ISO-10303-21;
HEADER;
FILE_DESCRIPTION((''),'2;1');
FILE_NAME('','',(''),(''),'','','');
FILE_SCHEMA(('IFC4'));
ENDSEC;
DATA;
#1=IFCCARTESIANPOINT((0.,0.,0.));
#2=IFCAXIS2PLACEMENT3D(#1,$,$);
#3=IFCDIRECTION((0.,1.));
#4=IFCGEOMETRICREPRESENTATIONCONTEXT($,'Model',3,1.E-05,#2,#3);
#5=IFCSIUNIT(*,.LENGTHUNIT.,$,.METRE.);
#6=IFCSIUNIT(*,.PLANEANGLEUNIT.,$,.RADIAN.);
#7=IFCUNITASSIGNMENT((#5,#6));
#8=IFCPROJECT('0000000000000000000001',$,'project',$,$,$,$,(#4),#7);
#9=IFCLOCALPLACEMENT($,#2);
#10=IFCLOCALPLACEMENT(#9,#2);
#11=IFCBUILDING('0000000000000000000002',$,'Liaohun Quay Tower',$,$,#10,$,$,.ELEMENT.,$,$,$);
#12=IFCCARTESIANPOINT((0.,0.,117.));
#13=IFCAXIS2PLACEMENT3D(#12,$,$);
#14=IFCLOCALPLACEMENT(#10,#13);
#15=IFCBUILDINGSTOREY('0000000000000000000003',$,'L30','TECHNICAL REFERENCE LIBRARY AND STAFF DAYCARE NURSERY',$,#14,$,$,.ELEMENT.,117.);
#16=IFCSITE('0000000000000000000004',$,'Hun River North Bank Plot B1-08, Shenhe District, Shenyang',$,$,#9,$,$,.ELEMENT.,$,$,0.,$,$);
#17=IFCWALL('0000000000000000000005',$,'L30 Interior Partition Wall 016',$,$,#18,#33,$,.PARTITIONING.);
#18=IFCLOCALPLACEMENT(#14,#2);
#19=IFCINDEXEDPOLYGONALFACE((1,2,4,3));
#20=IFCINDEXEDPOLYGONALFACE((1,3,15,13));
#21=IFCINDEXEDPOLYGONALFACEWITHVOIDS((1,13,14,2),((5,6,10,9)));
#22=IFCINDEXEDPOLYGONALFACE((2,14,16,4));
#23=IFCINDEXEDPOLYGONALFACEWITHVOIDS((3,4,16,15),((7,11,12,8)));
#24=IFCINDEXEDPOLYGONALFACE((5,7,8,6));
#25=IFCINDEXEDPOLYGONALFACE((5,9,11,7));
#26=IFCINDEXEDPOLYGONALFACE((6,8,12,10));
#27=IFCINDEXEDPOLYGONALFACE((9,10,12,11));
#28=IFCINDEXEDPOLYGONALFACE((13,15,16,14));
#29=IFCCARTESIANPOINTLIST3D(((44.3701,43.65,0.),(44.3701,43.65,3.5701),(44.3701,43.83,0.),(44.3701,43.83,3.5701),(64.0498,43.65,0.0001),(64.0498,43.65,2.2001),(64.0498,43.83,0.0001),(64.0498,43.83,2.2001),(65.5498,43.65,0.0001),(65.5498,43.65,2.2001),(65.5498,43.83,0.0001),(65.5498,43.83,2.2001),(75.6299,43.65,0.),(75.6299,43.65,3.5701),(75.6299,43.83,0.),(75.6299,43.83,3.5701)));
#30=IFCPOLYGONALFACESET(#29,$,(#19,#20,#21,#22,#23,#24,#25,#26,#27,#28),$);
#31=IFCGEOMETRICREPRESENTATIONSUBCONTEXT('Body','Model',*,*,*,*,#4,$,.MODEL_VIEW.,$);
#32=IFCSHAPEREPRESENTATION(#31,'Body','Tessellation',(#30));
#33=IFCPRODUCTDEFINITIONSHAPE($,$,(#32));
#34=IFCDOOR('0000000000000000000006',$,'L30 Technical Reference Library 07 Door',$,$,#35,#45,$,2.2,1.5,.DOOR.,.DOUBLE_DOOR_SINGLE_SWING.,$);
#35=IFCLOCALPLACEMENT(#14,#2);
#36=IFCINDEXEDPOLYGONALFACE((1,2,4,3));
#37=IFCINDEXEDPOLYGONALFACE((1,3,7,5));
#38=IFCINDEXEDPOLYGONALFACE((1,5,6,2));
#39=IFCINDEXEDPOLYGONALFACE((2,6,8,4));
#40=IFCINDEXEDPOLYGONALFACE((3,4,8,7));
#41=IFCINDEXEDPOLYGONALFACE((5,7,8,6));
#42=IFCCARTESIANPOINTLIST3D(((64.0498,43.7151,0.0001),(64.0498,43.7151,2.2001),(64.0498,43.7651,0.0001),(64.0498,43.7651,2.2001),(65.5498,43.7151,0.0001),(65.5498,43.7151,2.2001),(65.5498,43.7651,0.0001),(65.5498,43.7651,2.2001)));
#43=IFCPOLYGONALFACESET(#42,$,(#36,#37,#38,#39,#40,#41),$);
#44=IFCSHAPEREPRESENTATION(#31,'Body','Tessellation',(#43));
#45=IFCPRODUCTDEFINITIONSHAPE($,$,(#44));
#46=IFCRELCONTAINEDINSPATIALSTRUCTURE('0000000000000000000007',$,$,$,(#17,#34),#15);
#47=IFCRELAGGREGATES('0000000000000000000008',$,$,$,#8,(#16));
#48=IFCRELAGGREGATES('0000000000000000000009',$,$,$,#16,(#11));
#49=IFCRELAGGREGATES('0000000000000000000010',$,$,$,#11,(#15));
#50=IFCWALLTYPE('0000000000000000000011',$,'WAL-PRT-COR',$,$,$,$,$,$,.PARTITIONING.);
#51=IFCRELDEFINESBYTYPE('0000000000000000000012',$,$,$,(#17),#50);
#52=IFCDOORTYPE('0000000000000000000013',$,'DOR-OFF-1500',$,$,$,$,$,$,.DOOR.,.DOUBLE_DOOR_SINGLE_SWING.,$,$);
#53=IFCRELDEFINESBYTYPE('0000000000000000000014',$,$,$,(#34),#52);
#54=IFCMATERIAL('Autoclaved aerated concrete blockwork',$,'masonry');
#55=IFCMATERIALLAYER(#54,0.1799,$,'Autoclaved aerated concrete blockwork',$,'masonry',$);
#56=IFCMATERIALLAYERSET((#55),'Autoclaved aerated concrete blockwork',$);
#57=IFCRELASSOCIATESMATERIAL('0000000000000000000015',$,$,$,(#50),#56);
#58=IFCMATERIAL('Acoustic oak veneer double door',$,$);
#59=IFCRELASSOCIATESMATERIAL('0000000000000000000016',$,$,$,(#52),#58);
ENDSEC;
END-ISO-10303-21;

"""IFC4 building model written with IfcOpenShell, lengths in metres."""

from ifc_helpers import new_model, si_unit, direction, frame, frame_2d, origin, place, context, subcontext, project, spatial, rectangle, extrude, source, transform, mapped, material, layer, layer_set, type_object, element, fill, save


model = new_model("IFC4")

# Units and contexts
model_context = context("Model", 3, precision=1e-05, world=origin(), true_north=direction((0.0, 1.0)))
body_context = subcontext(model_context, "Body", "Model", "MODEL_VIEW")
ifc_project = project(units=[si_unit("LENGTHUNIT", "METRE"), si_unit("PLANEANGLEUNIT", "RADIAN")], contexts=[model_context])

# Site, building, storey
site_placement = place(None, origin())
site = spatial("IfcSite", under=ifc_project, at=site_placement, Name="Hun River North Bank Plot B1-08, Shenhe District, Shenyang", CompositionType="ELEMENT", RefElevation=0.0)
building_placement = place(site_placement, origin())
building = spatial("IfcBuilding", under=site, at=building_placement, Name="Liaohun Quay Tower", CompositionType="ELEMENT")
storey_placement = place(building_placement, frame((0.0, 0.0, 117.0)))
storey = spatial("IfcBuildingStorey", under=building, at=storey_placement, Name="L30", Description="TECHNICAL REFERENCE LIBRARY AND STAFF DAYCARE NURSERY", CompositionType="ELEMENT", Elevation=117.0)

# Wall, opening, door
ifc_material_1 = material(Name="Autoclaved aerated concrete blockwork", Category="masonry")
ifc_layer_1 = layer(ifc_material_1, 0.1799, Name="Autoclaved aerated concrete blockwork", Category="masonry")
ifc_layer_set_1 = layer_set([ifc_layer_1], Name="Autoclaved aerated concrete blockwork")
wall_type_1 = type_object("IfcWallType", Name="WAL-PRT-COR", PredefinedType="PARTITIONING", material=ifc_layer_set_1)
wall_1_placement = place(storey_placement, frame((75.6299, 43.74, 0.0), z_axis=(0.0, 0.0, 1.0), x_axis=(-1.0, 0.0, 0.0)))
wall_1 = element("IfcWall", 1, at=wall_1_placement, inside=storey, type_object=wall_type_1, Name="L30 Interior Partition Wall 016", PredefinedType="PARTITIONING", context=body_context, shape_type="SweptSolid", body=[
    extrude(rectangle(XDim=31.2598, YDim=0.1799, at=frame_2d((15.6299, 0.0))), origin(), (0.0, 0.0, 1.0), 3.5701),
])
shared_shape_1 = source(origin(), body_context, "Body", "SweptSolid", [
    extrude(rectangle(XDim=1.5, YDim=2.2, at=frame_2d((0.75, 1.1001))), frame((0.0, 0.0999, 0.0), z_axis=(0.0, -1.0, 0.0), x_axis=(1.0, 0.0, 0.0)), (0.0, 0.0, 1.0), 0.2),
])
opening_1_placement = place(wall_1_placement, frame((10.0801, 0.0, 0.0)))
opening_1 = element("IfcOpeningElement", 2, at=opening_1_placement, cuts=wall_1, PredefinedType="OPENING", context=body_context, shape_type="MappedRepresentation", body=[
    mapped(shared_shape_1, transform((0.0, 0.0, 0.0), x_axis=(1.0, 0.0, 0.0), y_axis=(0.0, 1.0, 0.0), z_axis=(0.0, 0.0, 1.0), scale=1.0)),
])
ifc_material_2 = material(Name="Acoustic oak veneer double door")
door_type = type_object("IfcDoorType", Name="DOR-OFF-1500", OperationType="DOUBLE_DOOR_SINGLE_SWING", PredefinedType="DOOR", material=ifc_material_2)
shared_shape_2 = source(origin(), body_context, "Body", "SweptSolid", [
    extrude(rectangle(XDim=1.5, YDim=2.2, at=frame_2d((0.75, 1.1001))), frame((0.0, 0.0249, 0.0), z_axis=(0.0, -1.0, 0.0), x_axis=(1.0, 0.0, 0.0)), (0.0, 0.0, 1.0), 0.05),
])
door_placement = place(opening_1_placement, origin())
door = element("IfcDoor", 3, at=door_placement, inside=storey, type_object=door_type, Name="L30 Technical Reference Library 07 Door", OperationType="DOUBLE_DOOR_SINGLE_SWING", OverallHeight=2.2, OverallWidth=1.5, PredefinedType="DOOR", context=body_context, shape_type="MappedRepresentation", body=[
    mapped(shared_shape_2, transform((0.0, 0.0, 0.0), x_axis=(1.0, 0.0, 0.0), y_axis=(0.0, 1.0, 0.0), z_axis=(0.0, 0.0, 1.0), scale=1.0)),
])
fill(opening_1, door)

save(model, "model.ifc")
